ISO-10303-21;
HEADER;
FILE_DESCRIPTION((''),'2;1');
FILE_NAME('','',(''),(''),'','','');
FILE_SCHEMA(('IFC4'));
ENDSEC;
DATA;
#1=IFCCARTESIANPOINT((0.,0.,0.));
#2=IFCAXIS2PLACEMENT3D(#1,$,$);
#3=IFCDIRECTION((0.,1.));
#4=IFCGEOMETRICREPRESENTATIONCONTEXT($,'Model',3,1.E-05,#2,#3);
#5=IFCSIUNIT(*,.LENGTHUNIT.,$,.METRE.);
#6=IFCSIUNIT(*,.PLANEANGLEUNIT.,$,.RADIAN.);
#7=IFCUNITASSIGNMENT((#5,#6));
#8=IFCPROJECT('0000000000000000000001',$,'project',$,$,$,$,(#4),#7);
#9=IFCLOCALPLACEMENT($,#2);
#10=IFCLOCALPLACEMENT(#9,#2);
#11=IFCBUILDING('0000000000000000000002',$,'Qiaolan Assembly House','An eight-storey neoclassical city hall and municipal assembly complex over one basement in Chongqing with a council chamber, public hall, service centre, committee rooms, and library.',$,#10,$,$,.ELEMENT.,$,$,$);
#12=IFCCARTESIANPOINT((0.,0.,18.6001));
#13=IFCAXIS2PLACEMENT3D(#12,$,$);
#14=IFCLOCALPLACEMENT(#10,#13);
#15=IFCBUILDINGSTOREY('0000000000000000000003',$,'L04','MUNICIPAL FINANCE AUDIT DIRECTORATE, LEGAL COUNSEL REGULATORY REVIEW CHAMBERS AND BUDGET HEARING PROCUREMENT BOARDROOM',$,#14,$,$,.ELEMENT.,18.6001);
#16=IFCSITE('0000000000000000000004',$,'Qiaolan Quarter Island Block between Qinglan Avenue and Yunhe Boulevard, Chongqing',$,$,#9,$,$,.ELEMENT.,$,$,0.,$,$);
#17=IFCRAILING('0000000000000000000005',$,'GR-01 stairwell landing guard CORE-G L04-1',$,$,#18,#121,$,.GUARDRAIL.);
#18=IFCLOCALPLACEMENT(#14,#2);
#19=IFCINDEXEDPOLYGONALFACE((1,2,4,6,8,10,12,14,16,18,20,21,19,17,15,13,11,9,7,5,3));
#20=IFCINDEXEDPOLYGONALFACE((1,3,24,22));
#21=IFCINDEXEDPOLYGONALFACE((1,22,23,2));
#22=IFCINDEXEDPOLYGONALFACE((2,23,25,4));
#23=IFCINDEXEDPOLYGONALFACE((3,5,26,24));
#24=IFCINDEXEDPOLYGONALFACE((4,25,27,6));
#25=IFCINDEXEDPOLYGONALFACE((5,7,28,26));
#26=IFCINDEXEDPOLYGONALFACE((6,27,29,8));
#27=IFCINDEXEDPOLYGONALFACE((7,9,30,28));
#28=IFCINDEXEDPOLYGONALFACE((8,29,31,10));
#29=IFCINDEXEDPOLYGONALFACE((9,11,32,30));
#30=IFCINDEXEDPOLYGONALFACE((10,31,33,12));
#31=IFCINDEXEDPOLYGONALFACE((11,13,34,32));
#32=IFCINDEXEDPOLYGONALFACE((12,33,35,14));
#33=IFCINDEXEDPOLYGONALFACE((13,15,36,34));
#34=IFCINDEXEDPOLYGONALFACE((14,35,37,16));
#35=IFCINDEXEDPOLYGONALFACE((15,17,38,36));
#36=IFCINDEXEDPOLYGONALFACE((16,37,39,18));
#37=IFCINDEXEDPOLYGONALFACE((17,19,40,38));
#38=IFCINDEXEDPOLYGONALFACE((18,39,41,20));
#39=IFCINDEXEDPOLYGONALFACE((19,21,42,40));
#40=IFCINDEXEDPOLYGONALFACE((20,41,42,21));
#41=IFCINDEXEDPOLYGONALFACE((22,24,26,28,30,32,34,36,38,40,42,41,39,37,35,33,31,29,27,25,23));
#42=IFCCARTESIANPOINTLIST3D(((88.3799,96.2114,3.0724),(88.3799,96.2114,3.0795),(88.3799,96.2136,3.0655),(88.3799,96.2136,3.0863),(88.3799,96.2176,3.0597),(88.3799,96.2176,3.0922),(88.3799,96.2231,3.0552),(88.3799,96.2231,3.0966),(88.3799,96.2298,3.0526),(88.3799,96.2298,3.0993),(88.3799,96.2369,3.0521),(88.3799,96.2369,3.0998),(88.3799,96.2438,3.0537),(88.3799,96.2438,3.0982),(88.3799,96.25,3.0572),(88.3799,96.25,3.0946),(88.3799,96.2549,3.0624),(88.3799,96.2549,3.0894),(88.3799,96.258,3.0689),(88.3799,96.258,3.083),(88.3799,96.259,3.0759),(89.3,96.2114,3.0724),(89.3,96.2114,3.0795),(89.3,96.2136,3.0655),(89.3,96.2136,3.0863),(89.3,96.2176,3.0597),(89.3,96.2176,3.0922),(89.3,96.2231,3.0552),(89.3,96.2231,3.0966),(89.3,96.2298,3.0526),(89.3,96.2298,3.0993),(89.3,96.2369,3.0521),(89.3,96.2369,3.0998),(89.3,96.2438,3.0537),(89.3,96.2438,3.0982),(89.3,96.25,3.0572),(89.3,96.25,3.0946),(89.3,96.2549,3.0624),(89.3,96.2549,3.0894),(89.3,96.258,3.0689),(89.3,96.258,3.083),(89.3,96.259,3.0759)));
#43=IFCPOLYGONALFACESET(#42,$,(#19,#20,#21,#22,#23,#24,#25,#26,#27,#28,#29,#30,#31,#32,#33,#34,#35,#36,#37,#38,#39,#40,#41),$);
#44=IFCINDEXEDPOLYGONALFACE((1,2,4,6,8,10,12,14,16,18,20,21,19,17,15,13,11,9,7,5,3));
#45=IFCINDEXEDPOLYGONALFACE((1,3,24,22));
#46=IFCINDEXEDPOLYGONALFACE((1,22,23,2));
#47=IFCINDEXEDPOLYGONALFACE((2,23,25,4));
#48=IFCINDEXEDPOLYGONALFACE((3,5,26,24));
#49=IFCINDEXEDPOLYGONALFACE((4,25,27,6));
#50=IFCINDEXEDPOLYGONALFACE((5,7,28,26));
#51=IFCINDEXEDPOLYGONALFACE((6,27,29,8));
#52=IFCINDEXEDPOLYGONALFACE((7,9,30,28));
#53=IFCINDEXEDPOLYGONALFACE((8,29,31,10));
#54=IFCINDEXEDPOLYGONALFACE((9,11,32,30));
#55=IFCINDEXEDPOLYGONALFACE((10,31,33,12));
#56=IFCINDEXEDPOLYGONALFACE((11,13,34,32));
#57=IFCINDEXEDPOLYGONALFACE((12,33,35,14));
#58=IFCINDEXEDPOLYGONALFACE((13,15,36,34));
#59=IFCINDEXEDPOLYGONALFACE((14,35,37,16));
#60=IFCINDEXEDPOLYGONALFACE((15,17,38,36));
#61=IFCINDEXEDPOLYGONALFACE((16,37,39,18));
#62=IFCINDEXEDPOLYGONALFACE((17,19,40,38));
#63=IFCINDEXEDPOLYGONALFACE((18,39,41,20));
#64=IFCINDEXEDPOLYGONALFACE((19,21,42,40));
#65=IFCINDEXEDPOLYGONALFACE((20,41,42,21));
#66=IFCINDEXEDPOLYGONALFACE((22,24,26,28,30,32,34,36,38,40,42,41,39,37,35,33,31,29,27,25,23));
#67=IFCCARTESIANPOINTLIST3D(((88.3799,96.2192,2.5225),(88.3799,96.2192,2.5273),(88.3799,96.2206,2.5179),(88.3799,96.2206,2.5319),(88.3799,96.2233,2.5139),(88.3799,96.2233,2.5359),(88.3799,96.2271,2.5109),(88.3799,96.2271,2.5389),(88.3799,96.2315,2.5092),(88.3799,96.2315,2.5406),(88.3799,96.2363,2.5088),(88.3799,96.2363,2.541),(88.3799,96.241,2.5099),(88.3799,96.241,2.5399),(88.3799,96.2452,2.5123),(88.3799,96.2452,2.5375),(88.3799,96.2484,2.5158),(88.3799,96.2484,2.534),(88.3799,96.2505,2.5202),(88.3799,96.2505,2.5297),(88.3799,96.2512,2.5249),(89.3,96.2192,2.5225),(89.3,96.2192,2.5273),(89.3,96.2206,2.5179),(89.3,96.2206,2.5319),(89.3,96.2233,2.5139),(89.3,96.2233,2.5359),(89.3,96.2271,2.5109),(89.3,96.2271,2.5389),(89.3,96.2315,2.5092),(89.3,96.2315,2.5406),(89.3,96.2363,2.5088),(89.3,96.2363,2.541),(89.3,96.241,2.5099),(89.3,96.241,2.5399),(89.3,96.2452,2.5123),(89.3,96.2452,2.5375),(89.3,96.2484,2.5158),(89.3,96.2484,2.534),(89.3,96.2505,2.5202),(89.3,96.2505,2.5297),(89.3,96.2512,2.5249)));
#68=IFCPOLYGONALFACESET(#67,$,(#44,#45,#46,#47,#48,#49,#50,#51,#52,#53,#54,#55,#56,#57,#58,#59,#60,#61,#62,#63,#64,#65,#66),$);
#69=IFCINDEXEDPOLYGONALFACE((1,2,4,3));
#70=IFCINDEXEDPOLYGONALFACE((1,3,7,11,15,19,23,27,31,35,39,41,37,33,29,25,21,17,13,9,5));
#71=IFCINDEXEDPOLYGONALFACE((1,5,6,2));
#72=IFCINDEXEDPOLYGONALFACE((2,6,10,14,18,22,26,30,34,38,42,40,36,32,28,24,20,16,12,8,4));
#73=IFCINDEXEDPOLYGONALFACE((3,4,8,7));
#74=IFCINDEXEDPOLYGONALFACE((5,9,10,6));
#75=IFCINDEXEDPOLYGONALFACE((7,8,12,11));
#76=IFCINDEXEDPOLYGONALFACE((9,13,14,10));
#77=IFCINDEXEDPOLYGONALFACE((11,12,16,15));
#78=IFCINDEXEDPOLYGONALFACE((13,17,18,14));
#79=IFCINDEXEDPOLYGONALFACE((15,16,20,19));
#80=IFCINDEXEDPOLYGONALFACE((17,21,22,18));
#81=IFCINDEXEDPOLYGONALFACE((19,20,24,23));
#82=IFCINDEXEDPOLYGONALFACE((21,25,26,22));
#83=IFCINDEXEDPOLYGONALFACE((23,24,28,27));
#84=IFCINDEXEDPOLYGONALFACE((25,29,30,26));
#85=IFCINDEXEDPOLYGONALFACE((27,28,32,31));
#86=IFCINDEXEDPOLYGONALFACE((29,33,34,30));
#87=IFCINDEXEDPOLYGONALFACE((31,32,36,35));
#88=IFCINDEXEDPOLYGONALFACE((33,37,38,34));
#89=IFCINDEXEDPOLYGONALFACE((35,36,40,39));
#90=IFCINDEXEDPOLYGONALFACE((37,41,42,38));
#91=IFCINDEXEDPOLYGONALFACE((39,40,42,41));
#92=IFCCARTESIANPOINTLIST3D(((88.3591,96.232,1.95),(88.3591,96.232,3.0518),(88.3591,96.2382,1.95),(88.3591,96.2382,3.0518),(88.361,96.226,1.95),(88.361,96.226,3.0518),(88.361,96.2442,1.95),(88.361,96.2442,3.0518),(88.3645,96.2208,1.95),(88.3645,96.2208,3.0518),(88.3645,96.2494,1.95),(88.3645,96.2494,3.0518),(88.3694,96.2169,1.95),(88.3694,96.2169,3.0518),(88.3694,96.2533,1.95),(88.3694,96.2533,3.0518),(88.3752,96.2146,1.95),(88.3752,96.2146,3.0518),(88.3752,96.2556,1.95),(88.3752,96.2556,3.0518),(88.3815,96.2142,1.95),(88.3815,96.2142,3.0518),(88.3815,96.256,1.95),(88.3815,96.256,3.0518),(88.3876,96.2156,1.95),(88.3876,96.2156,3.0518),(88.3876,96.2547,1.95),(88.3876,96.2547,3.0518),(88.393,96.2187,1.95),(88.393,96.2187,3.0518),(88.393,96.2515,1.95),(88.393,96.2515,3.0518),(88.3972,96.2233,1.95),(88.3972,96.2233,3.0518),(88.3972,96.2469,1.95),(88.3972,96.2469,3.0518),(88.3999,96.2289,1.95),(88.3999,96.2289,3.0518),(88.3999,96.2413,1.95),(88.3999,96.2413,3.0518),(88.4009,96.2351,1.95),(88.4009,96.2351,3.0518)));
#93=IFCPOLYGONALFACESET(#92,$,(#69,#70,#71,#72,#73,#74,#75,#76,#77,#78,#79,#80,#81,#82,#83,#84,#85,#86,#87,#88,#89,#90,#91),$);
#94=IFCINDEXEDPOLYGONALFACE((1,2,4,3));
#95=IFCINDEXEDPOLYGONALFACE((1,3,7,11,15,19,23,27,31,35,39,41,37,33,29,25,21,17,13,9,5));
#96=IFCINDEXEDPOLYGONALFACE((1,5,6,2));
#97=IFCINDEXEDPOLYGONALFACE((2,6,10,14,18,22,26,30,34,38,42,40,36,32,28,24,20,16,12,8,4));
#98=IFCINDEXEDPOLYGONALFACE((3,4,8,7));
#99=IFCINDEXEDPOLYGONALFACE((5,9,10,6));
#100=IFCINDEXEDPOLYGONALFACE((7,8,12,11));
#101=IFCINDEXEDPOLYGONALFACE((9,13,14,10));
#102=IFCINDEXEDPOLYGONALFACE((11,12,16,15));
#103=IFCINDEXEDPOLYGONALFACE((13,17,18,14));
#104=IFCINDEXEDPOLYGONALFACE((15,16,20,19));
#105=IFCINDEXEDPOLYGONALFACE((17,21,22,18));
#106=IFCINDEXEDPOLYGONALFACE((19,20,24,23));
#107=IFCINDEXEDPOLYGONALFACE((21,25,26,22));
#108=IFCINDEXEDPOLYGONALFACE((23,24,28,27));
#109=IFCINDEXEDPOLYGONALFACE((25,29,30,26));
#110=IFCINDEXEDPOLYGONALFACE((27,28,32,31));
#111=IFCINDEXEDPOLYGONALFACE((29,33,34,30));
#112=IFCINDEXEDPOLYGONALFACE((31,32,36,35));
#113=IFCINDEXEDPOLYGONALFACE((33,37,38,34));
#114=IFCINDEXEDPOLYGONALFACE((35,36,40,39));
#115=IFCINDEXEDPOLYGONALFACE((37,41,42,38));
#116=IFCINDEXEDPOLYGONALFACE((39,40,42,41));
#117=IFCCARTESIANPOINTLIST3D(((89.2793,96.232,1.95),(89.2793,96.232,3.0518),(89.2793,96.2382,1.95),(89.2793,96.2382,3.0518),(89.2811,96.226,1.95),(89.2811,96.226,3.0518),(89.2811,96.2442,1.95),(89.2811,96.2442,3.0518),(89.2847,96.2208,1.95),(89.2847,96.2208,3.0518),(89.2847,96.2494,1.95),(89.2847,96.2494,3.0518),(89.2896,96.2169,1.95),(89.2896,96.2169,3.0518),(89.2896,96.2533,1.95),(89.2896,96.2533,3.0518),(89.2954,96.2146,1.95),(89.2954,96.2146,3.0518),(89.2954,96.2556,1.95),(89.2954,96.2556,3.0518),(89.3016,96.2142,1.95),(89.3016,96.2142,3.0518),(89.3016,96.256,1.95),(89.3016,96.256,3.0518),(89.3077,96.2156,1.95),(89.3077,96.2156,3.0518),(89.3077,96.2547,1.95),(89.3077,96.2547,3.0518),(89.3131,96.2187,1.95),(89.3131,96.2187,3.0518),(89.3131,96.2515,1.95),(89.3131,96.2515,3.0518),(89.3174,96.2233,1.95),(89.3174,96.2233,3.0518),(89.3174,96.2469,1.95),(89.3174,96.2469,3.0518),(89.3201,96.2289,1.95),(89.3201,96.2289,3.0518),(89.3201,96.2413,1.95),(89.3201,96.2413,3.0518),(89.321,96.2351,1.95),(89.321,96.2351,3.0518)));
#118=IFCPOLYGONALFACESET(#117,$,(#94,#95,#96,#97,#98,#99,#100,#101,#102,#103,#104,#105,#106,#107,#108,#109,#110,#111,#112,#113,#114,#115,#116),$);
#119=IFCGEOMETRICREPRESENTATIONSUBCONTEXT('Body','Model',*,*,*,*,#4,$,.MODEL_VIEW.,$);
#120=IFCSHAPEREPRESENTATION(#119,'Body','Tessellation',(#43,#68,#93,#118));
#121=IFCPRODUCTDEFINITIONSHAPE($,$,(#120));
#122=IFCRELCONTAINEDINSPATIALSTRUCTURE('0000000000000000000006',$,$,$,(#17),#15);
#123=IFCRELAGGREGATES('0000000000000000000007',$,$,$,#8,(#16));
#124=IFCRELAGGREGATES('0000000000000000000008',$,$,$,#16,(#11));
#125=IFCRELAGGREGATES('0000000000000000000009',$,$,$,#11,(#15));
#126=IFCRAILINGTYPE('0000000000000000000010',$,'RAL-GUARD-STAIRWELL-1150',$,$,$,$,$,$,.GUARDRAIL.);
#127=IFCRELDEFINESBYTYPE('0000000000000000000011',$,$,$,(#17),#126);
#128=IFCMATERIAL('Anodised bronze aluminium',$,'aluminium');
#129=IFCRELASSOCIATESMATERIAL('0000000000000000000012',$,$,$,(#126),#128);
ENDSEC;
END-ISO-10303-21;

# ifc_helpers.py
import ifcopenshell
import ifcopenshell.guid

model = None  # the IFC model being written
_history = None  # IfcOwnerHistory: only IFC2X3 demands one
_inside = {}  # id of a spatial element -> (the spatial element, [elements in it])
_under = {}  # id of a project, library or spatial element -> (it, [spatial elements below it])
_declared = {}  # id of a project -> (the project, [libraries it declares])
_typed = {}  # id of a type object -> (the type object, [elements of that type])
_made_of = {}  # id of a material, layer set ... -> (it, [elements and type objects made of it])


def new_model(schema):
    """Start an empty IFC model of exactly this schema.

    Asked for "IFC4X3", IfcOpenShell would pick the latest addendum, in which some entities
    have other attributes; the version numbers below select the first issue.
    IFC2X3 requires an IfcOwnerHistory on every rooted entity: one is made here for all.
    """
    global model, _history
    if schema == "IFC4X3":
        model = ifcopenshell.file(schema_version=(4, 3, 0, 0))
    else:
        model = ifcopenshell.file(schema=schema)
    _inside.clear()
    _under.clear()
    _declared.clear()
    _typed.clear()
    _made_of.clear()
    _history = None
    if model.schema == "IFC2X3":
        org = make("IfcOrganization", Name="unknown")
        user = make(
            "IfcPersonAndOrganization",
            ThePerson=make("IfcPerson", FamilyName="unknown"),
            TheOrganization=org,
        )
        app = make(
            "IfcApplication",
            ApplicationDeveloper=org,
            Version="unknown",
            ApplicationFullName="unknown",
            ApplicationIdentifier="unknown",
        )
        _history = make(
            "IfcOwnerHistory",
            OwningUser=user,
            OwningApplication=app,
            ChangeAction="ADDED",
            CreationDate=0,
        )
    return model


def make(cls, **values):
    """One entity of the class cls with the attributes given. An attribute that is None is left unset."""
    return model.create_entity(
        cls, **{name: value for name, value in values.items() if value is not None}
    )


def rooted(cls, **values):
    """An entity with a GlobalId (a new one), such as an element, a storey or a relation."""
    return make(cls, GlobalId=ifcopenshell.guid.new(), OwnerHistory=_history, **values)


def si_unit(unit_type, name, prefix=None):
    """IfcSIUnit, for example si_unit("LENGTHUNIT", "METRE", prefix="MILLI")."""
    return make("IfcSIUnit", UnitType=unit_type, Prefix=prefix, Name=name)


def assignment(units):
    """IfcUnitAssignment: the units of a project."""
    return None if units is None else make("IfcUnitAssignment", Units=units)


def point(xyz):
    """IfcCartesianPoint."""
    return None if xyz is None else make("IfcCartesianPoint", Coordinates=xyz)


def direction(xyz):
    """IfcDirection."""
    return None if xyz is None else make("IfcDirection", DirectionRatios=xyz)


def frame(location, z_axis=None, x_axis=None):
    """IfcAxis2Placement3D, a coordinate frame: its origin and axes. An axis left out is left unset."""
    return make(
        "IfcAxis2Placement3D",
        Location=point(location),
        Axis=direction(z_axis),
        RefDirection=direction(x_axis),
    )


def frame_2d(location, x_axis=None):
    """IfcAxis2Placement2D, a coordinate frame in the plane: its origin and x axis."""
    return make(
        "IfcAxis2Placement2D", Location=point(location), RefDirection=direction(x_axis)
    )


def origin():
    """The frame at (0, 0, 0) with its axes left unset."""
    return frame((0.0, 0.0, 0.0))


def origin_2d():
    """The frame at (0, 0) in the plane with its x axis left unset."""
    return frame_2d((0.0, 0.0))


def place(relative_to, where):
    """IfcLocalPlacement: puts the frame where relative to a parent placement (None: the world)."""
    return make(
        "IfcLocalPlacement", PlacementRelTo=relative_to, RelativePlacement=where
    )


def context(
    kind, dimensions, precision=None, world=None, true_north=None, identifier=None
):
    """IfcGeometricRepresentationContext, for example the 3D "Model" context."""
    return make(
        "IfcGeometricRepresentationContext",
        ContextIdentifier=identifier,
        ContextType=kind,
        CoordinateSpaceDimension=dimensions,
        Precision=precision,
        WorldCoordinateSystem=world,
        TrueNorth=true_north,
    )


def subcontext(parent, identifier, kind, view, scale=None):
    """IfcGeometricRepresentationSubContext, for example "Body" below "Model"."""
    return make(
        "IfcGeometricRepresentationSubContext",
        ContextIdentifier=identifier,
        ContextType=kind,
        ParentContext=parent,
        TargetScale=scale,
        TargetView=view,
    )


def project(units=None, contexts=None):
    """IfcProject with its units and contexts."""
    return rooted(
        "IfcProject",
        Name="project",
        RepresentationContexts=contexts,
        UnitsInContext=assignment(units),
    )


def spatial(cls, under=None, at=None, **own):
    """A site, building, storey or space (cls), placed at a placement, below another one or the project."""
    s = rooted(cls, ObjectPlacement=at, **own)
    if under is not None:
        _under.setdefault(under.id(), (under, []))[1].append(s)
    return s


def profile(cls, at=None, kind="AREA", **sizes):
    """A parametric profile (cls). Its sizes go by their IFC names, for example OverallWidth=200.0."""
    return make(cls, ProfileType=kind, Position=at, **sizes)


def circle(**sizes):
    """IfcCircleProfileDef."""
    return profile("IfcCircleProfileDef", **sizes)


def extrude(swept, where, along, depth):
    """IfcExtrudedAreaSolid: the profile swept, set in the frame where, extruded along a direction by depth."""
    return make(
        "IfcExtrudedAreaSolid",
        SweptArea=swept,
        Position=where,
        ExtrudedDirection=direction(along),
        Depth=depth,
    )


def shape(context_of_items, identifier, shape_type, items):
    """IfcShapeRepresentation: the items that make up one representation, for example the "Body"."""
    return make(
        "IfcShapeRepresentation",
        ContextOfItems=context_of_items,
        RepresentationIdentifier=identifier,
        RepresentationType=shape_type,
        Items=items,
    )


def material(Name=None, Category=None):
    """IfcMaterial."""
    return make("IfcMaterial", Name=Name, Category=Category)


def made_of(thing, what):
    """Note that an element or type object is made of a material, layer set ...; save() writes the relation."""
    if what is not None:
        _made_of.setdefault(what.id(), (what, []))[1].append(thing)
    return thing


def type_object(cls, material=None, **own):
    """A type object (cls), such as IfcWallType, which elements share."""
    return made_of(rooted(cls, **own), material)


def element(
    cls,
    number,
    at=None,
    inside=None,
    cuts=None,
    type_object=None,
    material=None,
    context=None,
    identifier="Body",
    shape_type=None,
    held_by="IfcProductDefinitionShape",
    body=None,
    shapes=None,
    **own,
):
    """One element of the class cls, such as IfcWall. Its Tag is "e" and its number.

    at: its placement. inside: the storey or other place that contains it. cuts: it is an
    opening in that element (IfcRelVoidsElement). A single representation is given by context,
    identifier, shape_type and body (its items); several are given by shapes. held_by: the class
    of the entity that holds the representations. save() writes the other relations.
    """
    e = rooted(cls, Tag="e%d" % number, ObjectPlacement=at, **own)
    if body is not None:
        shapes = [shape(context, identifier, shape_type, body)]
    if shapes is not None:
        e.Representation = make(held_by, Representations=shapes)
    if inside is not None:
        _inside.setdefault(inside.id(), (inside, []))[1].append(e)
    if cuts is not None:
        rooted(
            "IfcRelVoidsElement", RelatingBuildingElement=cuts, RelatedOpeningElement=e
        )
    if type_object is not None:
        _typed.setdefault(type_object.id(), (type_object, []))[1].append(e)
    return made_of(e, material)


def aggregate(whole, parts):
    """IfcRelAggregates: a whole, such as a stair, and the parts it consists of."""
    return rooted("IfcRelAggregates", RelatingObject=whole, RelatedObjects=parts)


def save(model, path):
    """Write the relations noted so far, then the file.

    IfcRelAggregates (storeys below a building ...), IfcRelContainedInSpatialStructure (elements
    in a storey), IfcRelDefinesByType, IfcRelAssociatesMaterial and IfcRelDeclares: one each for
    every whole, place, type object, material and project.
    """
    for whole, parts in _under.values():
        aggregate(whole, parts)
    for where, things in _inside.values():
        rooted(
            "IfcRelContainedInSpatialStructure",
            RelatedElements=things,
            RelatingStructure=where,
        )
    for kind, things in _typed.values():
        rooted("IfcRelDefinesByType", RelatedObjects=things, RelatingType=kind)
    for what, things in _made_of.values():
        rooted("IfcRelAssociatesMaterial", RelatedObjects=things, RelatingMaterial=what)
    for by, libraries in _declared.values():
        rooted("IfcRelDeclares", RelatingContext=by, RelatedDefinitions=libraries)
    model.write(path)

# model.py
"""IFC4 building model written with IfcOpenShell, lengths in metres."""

from ifc_helpers import new_model, si_unit, direction, frame, origin, origin_2d, place, context, subcontext, project, spatial, circle, extrude, material, type_object, element, save


model = new_model("IFC4")

# Units and contexts
model_context = context("Model", 3, precision=1e-05, world=origin(), true_north=direction((0.0, 1.0)))
body_context = subcontext(model_context, "Body", "Model", "MODEL_VIEW")
ifc_project = project(units=[si_unit("LENGTHUNIT", "METRE"), si_unit("PLANEANGLEUNIT", "RADIAN")], contexts=[model_context])

# Site, building, storey
site_placement = place(None, origin())
site = spatial("IfcSite", under=ifc_project, at=site_placement, Name="Qiaolan Quarter Island Block between Qinglan Avenue and Yunhe Boulevard, Chongqing", CompositionType="ELEMENT", RefElevation=0.0)
building_placement = place(site_placement, origin())
building = spatial("IfcBuilding", under=site, at=building_placement, Name="Qiaolan Assembly House", Description="An eight-storey neoclassical city hall and municipal assembly complex over one basement in Chongqing with a council chamber, public hall, service centre, committee rooms, and library.", CompositionType="ELEMENT")
storey_placement = place(building_placement, frame((0.0, 0.0, 18.6001)))
storey = spatial("IfcBuildingStorey", under=building, at=storey_placement, Name="L04", Description="MUNICIPAL FINANCE AUDIT DIRECTORATE, LEGAL COUNSEL REGULATORY REVIEW CHAMBERS AND BUDGET HEARING PROCUREMENT BOARDROOM", CompositionType="ELEMENT", Elevation=18.6001)

# Railing
ifc_material_1 = material(Name="Anodised bronze aluminium", Category="aluminium")
railing_type_1 = type_object("IfcRailingType", Name="RAL-GUARD-STAIRWELL-1150", PredefinedType="GUARDRAIL", material=ifc_material_1)
for number, where, name in (
    (1, (88.3799, 96.2351, 1.95), "GR-01 stairwell landing guard CORE-G L04-1"),
):
    element("IfcRailing", number, at=place(storey_placement, frame(where)), inside=storey, type_object=railing_type_1, Name=name, PredefinedType="GUARDRAIL", context=body_context, shape_type="SweptSolid", body=[
        extrude(circle(Radius=0.0239, at=origin_2d()), frame((0.0, 0.0, 1.126), z_axis=(1.0, 0.0, 0.0), x_axis=(0.0, 1.0, 0.0)), (0.0, 0.0, 1.0), 0.9202),
        extrude(circle(Radius=0.0161, at=origin_2d()), frame((0.0, 0.0, 0.575), z_axis=(1.0, 0.0, 0.0), x_axis=(0.0, 1.0, 0.0)), (0.0, 0.0, 1.0), 0.9202),
        extrude(circle(Radius=0.021, at=origin_2d()), origin(), (0.0, 0.0, 1.0), 1.1018),
        extrude(circle(Radius=0.021, at=origin_2d()), frame((0.9202, 0.0, 0.0)), (0.0, 0.0, 1.0), 1.1018),
    ])

save(model, "model.ifc")
